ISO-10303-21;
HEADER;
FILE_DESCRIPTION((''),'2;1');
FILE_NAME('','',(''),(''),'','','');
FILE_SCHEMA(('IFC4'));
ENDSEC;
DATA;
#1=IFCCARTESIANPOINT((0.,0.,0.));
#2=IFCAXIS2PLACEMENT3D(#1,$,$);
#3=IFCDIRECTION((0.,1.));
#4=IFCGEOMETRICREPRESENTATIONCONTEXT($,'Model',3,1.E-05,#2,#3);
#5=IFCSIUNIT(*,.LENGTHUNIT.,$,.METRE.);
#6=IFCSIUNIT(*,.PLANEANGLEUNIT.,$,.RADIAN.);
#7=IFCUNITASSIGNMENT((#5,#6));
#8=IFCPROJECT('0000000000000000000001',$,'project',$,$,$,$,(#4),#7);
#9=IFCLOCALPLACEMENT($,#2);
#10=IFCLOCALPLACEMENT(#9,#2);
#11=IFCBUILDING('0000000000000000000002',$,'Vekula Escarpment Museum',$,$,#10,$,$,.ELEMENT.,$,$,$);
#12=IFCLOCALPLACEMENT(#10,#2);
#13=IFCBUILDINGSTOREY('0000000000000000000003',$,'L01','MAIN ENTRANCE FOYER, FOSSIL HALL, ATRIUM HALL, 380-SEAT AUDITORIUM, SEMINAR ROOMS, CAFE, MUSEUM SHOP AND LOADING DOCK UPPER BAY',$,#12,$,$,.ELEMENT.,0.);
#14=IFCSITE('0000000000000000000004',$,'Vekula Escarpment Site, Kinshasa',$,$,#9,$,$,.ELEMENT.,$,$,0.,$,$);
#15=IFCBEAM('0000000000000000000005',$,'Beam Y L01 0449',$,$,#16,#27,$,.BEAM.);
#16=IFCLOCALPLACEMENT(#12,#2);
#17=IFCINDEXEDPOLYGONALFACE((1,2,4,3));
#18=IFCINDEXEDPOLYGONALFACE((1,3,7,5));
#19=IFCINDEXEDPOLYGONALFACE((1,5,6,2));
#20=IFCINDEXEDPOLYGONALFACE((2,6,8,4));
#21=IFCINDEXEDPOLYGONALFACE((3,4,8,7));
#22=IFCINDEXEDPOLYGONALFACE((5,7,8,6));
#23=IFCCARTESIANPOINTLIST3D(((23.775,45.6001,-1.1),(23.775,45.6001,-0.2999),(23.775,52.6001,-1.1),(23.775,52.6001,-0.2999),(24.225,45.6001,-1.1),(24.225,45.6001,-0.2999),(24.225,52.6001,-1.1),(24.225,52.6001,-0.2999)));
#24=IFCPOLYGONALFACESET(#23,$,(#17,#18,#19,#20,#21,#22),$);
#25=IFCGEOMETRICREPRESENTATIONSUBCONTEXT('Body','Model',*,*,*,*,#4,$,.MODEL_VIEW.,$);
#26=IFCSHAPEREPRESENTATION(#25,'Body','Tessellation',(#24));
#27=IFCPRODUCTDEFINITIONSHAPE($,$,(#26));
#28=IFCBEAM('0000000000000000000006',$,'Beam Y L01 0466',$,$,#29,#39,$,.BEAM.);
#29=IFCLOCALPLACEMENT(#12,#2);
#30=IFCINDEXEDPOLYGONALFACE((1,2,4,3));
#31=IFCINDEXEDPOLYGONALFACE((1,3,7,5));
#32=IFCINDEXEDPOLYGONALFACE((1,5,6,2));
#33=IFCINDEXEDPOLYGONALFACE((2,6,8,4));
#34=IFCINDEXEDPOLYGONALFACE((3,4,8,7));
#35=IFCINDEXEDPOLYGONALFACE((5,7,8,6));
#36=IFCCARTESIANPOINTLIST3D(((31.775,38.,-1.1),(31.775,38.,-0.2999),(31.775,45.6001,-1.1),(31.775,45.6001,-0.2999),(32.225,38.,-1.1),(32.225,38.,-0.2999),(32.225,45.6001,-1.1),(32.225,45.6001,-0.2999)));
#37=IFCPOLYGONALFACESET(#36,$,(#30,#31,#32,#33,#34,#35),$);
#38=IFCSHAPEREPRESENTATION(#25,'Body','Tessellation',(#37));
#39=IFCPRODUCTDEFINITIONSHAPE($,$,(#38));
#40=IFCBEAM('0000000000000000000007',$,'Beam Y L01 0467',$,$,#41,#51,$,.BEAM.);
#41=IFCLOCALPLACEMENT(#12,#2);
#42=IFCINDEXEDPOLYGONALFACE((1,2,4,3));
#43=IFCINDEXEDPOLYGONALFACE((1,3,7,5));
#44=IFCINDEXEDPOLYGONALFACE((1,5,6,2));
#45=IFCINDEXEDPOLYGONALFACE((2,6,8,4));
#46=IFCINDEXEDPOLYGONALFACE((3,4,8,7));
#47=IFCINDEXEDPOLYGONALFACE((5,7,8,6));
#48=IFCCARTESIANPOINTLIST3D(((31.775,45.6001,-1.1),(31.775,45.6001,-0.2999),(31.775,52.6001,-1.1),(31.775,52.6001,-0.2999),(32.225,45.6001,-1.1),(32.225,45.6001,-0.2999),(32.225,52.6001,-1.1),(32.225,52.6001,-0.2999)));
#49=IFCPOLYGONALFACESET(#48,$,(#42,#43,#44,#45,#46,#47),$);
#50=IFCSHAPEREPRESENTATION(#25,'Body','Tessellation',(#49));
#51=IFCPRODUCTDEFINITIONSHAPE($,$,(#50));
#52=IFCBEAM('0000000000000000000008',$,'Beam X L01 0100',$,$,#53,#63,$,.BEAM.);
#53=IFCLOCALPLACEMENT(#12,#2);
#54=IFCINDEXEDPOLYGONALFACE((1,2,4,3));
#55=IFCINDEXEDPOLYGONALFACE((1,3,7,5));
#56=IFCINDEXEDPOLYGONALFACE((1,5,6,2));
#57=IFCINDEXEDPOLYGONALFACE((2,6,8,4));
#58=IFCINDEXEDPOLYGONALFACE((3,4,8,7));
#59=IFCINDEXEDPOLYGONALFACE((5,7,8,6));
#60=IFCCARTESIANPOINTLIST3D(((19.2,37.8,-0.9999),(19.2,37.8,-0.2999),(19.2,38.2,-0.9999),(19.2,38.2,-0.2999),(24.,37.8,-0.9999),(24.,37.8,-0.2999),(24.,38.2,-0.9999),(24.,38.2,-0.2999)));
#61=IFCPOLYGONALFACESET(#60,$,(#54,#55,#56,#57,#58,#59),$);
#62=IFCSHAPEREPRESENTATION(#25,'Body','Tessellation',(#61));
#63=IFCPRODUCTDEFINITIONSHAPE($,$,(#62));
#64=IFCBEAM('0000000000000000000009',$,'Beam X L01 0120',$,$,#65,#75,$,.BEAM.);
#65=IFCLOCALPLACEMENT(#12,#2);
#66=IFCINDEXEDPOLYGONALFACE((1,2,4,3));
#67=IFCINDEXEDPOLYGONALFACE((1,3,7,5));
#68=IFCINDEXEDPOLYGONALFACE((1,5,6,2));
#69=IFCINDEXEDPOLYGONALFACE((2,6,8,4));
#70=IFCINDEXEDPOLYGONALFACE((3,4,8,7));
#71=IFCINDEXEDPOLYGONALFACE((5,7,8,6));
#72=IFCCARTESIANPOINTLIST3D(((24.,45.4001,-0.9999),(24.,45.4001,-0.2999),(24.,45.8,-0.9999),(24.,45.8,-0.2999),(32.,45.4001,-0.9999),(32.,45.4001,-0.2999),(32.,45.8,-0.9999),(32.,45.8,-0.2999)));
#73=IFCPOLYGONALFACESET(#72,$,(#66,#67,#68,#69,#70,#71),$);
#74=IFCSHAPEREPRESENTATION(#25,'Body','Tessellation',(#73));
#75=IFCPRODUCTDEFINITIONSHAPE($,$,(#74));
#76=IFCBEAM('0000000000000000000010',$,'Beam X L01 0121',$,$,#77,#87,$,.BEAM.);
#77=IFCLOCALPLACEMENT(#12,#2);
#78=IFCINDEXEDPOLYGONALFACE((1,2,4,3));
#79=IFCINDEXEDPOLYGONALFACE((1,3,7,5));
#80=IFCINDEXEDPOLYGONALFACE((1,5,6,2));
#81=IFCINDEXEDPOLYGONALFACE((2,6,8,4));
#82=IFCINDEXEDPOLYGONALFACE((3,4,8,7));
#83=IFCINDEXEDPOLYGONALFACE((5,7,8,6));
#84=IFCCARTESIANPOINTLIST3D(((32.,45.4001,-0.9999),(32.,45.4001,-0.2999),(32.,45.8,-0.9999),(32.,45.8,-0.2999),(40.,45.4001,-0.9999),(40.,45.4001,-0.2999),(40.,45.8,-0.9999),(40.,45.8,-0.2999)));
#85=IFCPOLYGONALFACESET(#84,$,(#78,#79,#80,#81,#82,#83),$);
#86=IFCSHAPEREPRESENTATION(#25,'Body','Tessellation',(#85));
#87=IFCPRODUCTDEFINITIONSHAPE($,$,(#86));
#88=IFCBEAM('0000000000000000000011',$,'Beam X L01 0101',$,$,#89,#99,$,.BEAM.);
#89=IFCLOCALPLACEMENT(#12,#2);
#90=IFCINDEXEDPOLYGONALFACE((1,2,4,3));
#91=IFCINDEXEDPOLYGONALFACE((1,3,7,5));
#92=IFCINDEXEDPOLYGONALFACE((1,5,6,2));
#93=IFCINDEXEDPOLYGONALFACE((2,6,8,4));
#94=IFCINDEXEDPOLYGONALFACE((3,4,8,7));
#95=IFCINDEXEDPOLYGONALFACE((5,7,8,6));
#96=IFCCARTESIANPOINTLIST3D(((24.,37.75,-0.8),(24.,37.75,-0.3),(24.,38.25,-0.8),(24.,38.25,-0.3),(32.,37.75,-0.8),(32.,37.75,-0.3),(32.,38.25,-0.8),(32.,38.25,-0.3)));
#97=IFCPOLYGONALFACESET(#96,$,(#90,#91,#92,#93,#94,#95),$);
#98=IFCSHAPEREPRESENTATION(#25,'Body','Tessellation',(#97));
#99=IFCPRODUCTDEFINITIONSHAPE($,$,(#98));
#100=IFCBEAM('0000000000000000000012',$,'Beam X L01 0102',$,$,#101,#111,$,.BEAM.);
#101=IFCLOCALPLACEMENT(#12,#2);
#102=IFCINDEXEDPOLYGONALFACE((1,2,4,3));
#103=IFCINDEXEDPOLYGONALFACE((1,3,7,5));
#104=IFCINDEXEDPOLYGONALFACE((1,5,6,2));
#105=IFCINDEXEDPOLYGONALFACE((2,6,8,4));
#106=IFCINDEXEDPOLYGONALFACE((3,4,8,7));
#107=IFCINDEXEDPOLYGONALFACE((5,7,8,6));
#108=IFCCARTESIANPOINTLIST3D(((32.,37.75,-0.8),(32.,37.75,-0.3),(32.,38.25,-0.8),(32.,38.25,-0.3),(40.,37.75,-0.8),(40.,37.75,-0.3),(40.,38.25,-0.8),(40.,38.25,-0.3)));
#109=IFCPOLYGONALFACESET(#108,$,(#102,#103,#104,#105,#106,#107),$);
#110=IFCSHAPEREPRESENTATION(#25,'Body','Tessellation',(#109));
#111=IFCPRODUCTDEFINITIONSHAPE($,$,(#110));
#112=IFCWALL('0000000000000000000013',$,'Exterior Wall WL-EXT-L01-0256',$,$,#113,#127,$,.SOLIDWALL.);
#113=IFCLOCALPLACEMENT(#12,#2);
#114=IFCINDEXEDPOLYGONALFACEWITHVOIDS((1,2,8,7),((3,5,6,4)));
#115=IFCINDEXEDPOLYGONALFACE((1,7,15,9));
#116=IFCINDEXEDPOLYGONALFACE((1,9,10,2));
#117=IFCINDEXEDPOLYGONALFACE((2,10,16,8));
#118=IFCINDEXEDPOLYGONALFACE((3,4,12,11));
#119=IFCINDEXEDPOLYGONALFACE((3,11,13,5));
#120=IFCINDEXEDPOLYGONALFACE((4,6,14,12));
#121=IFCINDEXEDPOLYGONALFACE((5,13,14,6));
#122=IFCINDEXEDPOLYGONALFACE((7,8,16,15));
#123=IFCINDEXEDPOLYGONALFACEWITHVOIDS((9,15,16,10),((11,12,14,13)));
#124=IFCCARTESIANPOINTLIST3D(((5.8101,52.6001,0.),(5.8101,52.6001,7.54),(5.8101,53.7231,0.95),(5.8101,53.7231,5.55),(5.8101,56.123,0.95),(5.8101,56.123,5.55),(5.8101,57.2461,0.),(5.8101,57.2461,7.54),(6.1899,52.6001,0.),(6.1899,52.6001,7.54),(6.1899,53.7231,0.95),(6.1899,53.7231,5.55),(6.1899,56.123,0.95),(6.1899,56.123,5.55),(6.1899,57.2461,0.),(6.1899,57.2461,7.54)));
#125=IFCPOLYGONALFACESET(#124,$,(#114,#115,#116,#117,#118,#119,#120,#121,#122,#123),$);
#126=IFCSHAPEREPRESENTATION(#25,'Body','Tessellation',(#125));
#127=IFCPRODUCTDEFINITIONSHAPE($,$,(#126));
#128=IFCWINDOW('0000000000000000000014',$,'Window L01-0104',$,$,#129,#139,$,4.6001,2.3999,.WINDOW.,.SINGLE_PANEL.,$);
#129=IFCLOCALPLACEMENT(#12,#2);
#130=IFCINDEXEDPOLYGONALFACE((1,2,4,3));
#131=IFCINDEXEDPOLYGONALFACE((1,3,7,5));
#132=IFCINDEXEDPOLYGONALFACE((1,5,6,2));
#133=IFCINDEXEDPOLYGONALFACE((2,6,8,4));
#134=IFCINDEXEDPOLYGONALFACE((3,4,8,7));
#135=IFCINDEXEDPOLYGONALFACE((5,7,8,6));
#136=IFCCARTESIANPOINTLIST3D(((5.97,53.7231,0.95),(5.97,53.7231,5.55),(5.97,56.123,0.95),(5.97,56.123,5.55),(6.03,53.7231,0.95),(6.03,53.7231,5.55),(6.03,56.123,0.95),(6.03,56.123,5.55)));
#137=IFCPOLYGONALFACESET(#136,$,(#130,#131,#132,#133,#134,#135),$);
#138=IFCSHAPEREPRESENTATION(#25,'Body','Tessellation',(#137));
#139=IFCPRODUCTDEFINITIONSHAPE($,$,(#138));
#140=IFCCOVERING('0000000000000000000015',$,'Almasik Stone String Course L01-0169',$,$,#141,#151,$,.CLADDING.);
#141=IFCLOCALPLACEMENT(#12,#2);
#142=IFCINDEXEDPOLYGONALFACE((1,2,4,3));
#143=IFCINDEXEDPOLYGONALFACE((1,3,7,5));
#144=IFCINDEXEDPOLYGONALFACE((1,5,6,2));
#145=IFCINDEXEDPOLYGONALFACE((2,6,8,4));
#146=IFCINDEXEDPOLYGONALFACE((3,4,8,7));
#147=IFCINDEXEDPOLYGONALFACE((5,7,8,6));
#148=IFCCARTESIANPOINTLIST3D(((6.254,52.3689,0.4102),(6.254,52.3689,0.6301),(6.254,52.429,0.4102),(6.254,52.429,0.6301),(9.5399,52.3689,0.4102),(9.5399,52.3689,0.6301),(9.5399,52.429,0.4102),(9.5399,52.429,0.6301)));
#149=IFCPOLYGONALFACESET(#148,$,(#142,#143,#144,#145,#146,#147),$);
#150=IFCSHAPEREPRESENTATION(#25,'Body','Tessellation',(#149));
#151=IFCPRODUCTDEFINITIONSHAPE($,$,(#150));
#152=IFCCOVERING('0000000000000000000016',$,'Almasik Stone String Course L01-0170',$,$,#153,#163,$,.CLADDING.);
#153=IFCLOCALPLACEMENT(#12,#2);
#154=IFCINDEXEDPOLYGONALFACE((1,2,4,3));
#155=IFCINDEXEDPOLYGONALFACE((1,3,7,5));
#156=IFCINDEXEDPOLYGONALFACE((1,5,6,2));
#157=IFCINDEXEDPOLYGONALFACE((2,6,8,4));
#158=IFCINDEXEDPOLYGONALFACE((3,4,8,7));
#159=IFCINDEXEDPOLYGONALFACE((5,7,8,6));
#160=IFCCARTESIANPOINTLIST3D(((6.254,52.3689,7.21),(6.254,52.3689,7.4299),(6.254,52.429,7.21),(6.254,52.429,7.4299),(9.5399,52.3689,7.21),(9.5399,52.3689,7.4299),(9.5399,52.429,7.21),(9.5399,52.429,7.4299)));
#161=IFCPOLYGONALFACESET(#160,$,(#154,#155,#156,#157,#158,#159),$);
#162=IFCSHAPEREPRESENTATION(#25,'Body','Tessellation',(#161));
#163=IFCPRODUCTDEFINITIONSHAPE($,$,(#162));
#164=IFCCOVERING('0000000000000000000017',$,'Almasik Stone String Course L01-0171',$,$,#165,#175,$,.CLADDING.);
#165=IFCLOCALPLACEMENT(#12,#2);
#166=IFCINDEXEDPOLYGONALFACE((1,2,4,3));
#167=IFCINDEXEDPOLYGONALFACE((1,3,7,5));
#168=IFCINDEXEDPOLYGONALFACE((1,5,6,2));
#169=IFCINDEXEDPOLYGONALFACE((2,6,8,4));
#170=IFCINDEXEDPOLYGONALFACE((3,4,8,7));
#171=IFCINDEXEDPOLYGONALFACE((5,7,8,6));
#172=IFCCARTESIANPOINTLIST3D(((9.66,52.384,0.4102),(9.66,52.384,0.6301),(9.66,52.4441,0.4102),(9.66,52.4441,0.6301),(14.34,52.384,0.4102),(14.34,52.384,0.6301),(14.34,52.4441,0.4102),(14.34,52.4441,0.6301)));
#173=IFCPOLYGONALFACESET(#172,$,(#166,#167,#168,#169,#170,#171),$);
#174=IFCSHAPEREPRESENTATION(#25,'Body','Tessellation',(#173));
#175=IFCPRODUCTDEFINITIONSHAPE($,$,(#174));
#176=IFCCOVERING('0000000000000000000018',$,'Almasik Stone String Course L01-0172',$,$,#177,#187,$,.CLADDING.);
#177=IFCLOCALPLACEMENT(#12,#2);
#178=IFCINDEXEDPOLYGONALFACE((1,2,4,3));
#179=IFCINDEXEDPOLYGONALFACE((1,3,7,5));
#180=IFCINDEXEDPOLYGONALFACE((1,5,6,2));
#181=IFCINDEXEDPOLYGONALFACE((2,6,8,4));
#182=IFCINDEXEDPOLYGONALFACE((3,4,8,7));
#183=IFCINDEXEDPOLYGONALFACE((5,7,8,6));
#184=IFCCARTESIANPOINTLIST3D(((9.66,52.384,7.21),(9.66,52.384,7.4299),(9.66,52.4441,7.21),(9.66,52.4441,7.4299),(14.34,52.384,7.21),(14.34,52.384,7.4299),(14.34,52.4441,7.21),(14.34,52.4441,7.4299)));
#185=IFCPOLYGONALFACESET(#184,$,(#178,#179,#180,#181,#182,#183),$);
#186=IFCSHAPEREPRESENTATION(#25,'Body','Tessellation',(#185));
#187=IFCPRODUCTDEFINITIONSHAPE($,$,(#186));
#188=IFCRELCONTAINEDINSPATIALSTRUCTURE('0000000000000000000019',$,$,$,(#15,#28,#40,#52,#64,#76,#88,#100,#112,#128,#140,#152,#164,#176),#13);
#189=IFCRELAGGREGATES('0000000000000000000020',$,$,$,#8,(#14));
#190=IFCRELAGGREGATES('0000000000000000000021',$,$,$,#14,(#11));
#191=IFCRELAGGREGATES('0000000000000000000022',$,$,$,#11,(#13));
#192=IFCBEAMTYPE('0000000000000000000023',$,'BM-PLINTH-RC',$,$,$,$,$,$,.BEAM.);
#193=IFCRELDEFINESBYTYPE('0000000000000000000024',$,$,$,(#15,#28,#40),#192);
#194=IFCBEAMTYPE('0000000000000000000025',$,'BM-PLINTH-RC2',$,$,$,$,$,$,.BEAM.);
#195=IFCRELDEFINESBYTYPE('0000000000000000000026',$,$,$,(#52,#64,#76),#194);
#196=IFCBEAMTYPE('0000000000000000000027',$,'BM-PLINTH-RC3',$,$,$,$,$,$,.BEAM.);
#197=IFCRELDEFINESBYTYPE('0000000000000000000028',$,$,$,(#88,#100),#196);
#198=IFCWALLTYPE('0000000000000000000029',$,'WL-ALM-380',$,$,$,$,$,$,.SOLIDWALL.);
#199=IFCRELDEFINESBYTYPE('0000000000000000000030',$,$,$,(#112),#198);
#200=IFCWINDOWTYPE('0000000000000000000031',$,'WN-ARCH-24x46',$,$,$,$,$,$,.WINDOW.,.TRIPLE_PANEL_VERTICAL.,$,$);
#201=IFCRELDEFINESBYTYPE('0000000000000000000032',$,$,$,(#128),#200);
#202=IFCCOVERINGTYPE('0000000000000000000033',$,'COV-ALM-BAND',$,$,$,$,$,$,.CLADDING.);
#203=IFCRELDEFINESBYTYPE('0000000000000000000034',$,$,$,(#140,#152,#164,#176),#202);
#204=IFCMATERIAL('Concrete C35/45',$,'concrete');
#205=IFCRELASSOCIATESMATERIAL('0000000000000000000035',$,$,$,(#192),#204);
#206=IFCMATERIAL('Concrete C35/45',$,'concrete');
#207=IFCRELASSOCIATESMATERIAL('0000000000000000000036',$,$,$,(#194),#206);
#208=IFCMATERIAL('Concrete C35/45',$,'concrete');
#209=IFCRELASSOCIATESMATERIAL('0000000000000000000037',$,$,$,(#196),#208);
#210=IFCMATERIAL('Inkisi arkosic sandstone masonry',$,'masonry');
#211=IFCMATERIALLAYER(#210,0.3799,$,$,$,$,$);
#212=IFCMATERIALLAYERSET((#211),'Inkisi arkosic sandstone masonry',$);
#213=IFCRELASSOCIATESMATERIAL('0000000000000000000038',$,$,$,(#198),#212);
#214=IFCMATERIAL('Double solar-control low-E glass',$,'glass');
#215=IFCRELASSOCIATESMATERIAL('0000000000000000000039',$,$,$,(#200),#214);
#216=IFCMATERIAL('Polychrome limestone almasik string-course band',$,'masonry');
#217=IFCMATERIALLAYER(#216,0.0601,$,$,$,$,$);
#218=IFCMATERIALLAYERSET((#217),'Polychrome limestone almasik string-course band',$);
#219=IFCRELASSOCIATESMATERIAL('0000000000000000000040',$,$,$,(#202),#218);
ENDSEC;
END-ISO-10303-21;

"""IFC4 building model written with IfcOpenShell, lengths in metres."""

from ifc_helpers import new_model, si_unit, direction, frame, frame_2d, origin, origin_2d, place, context, subcontext, project, spatial, rectangle, extrude, material, layer, layer_set, material_profile, profile_set, type_object, element, fill, save


model = new_model("IFC4")

# Units and contexts
model_context = context("Model", 3, precision=1e-05, world=origin(), true_north=direction((0.0, 1.0)))
body_context = subcontext(model_context, "Body", "Model", "MODEL_VIEW")
ifc_project = project(units=[si_unit("LENGTHUNIT", "METRE"), si_unit("PLANEANGLEUNIT", "RADIAN")], contexts=[model_context])

# Site, building, storey
site_placement = place(None, origin())
site = spatial("IfcSite", under=ifc_project, at=site_placement, Name="Vekula Escarpment Site, Kinshasa", CompositionType="ELEMENT", RefElevation=0.0)
building_placement = place(site_placement, origin())
building = spatial("IfcBuilding", under=site, at=building_placement, Name="Vekula Escarpment Museum", CompositionType="ELEMENT")
storey_placement = place(building_placement, origin())
storey = spatial("IfcBuildingStorey", under=building, at=storey_placement, Name="L01", Description="MAIN ENTRANCE FOYER, FOSSIL HALL, ATRIUM HALL, 380-SEAT AUDITORIUM, SEMINAR ROOMS, CAFE, MUSEUM SHOP AND LOADING DOCK UPPER BAY", CompositionType="ELEMENT", Elevation=0.0)

# Beams
ifc_material_1 = material(Name="Concrete C35/45", Category="concrete")
ifc_material_profile_1 = material_profile(ifc_material_1, rectangle(XDim=0.45, YDim=0.8, at=origin_2d()), Name="RC 450x800")
ifc_profile_set_1 = profile_set([ifc_material_profile_1], Name="Concrete C35/45")
beam_type_1 = type_object("IfcBeamType", Name="BM-PLINTH-RC", PredefinedType="BEAM", material=ifc_profile_set_1)
beam_1_placement = place(storey_placement, frame((24.0, 45.6001, -0.7), z_axis=(0.0, 1.0, 0.0), x_axis=(-1.0, 0.0, 0.0)))
element("IfcBeam", 1, at=beam_1_placement, inside=storey, type_object=beam_type_1, Name="Beam Y L01 0449", PredefinedType="BEAM", context=body_context, shape_type="SweptSolid", body=[
    extrude(rectangle(XDim=0.45, YDim=0.8, at=origin_2d()), origin(), (0.0, 0.0, 1.0), 7.0),
])
beam_2_placement = place(storey_placement, frame((32.0, 38.0, -0.7), z_axis=(0.0, 1.0, 0.0), x_axis=(-1.0, 0.0, 0.0)))
element("IfcBeam", 2, at=beam_2_placement, inside=storey, type_object=beam_type_1, Name="Beam Y L01 0466", PredefinedType="BEAM", context=body_context, shape_type="SweptSolid", body=[
    extrude(rectangle(XDim=0.45, YDim=0.8, at=origin_2d()), origin(), (0.0, 0.0, 1.0), 7.6001),
])
beam_3_placement = place(storey_placement, frame((32.0, 45.6001, -0.7), z_axis=(0.0, 1.0, 0.0), x_axis=(-1.0, 0.0, 0.0)))
element("IfcBeam", 3, at=beam_3_placement, inside=storey, type_object=beam_type_1, Name="Beam Y L01 0467", PredefinedType="BEAM", context=body_context, shape_type="SweptSolid", body=[
    extrude(rectangle(XDim=0.45, YDim=0.8, at=origin_2d()), origin(), (0.0, 0.0, 1.0), 7.0),
])
ifc_material_2 = material(Name="Concrete C35/45", Category="concrete")
ifc_material_profile_2 = material_profile(ifc_material_2, rectangle(XDim=0.3999, YDim=0.7, at=origin_2d()), Name="RC 400x700")
ifc_profile_set_2 = profile_set([ifc_material_profile_2], Name="Concrete C35/45")
beam_type_2 = type_object("IfcBeamType", Name="BM-PLINTH-RC2", PredefinedType="BEAM", material=ifc_profile_set_2)
beam_4_placement = place(storey_placement, frame((19.2, 38.0, -0.6499), z_axis=(1.0, 0.0, 0.0), x_axis=(0.0, 1.0, 0.0)))
element("IfcBeam", 4, at=beam_4_placement, inside=storey, type_object=beam_type_2, Name="Beam X L01 0100", PredefinedType="BEAM", context=body_context, shape_type="SweptSolid", body=[
    extrude(rectangle(XDim=0.3999, YDim=0.7, at=origin_2d()), origin(), (0.0, 0.0, 1.0), 4.8),
])
for number, where, z_axis, x_axis, name in (
    (5, (24.0, 45.6001, -0.6499), (1.0, 0.0, 0.0), (0.0, 1.0, 0.0), "Beam X L01 0120"),
    (6, (32.0, 45.6001, -0.6499), (1.0, 0.0, 0.0), (0.0, 1.0, 0.0), "Beam X L01 0121"),
):
    element("IfcBeam", number, at=place(storey_placement, frame(where, z_axis=z_axis, x_axis=x_axis)), inside=storey, type_object=beam_type_2, Name=name, PredefinedType="BEAM", context=body_context, shape_type="SweptSolid", body=[
        extrude(rectangle(XDim=0.3999, YDim=0.7, at=origin_2d()), origin(), (0.0, 0.0, 1.0), 8.0),
    ])
ifc_material_3 = material(Name="Concrete C35/45", Category="concrete")
ifc_material_profile_3 = material_profile(ifc_material_3, rectangle(XDim=0.5, YDim=0.5, at=origin_2d()), Name="RC 500x500")
ifc_profile_set_3 = profile_set([ifc_material_profile_3], Name="Concrete C35/45")
beam_type_3 = type_object("IfcBeamType", Name="BM-PLINTH-RC3", PredefinedType="BEAM", material=ifc_profile_set_3)
for number, where, z_axis, x_axis, name in (
    (7, (24.0, 38.0, -0.55), (1.0, 0.0, 0.0), (0.0, 1.0, 0.0), "Beam X L01 0101"),
    (8, (32.0, 38.0, -0.55), (1.0, 0.0, 0.0), (0.0, 1.0, 0.0), "Beam X L01 0102"),
):
    element("IfcBeam", number, at=place(storey_placement, frame(where, z_axis=z_axis, x_axis=x_axis)), inside=storey, type_object=beam_type_3, Name=name, PredefinedType="BEAM", context=body_context, shape_type="SweptSolid", body=[
        extrude(rectangle(XDim=0.5, YDim=0.5, at=origin_2d()), origin(), (0.0, 0.0, 1.0), 8.0),
    ])

# Wall, opening, window
ifc_material_4 = material(Name="Inkisi arkosic sandstone masonry", Category="masonry")
ifc_layer_1 = layer(ifc_material_4, 0.3799)
ifc_layer_set_1 = layer_set([ifc_layer_1], Name="Inkisi arkosic sandstone masonry")
wall_type = type_object("IfcWallType", Name="WL-ALM-380", PredefinedType="SOLIDWALL", material=ifc_layer_set_1)
wall_placement = place(storey_placement, frame((6.0, 52.6001, 0.0), z_axis=(0.0, 0.0, 1.0), x_axis=(0.0, 1.0, 0.0)))
wall = element("IfcWall", 9, at=wall_placement, inside=storey, type_object=wall_type, Name="Exterior Wall WL-EXT-L01-0256", PredefinedType="SOLIDWALL", context=body_context, shape_type="SweptSolid", body=[
    extrude(rectangle(XDim=4.646, YDim=0.3799, at=frame_2d((2.323, 0.0))), origin(), (0.0, 0.0, 1.0), 7.54),
])
opening_placement = place(wall_placement, frame((1.123, 0.0, 0.95)))
opening = element("IfcOpeningElement", 10, at=opening_placement, cuts=wall, PredefinedType="OPENING", context=body_context, shape_type="SweptSolid", body=[
    extrude(rectangle(XDim=2.3999, YDim=4.6001, at=frame_2d((1.2, 2.3))), frame((0.0, 0.2, 0.0), z_axis=(0.0, -1.0, 0.0), x_axis=(1.0, 0.0, 0.0)), (0.0, 0.0, 1.0), 0.3999),
])
ifc_material_5 = material(Name="Double solar-control low-E glass", Category="glass")
window_type = type_object("IfcWindowType", Name="WN-ARCH-24x46", PartitioningType="TRIPLE_PANEL_VERTICAL", PredefinedType="WINDOW", material=ifc_material_5)
window_placement = place(opening_placement, origin())
window = element("IfcWindow", 11, at=window_placement, inside=storey, type_object=window_type, Name="Window L01-0104", OverallHeight=4.6001, OverallWidth=2.3999, PartitioningType="SINGLE_PANEL", PredefinedType="WINDOW", context=body_context, shape_type="SweptSolid", body=[
    extrude(rectangle(XDim=2.3999, YDim=4.6001, at=frame_2d((1.2, 2.3))), frame((0.0, 0.03, 0.0), z_axis=(0.0, -1.0, 0.0), x_axis=(1.0, 0.0, 0.0)), (0.0, 0.0, 1.0), 0.0601),
])
fill(opening, window)

# Coverings
ifc_material_6 = material(Name="Polychrome limestone almasik string-course band", Category="masonry")
ifc_layer_2 = layer(ifc_material_6, 0.0601)
ifc_layer_set_2 = layer_set([ifc_layer_2], Name="Polychrome limestone almasik string-course band")
covering_type = type_object("IfcCoveringType", Name="COV-ALM-BAND", PredefinedType="CLADDING", material=ifc_layer_set_2)
for number, where, z_axis, x_axis, name in (
    (12, (7.897, 52.3989, 0.4102), (0.0, 0.0, 1.0), (1.0, 0.0, 0.0), "Almasik Stone String Course L01-0169"),
    (13, (7.897, 52.3989, 7.21), (0.0, 0.0, 1.0), (1.0, 0.0, 0.0), "Almasik Stone String Course L01-0170"),
):
    element("IfcCovering", number, at=place(storey_placement, frame(where, z_axis=z_axis, x_axis=x_axis)), inside=storey, type_object=covering_type, Name=name, PredefinedType="CLADDING", context=body_context, shape_type="SweptSolid", body=[
        extrude(rectangle(XDim=3.2859, YDim=0.0601, at=origin_2d()), origin(), (0.0, 0.0, 1.0), 0.22),
    ])
for number, where, z_axis, x_axis, name in (
    (14, (12.0, 52.4141, 0.4102), (0.0, 0.0, 1.0), (1.0, 0.0, 0.0), "Almasik Stone String Course L01-0171"),
    (15, (12.0, 52.4141, 7.21), (0.0, 0.0, 1.0), (1.0, 0.0, 0.0), "Almasik Stone String Course L01-0172"),
):
    element("IfcCovering", number, at=place(storey_placement, frame(where, z_axis=z_axis, x_axis=x_axis)), inside=storey, type_object=covering_type, Name=name, PredefinedType="CLADDING", context=body_context, shape_type="SweptSolid", body=[
        extrude(rectangle(XDim=4.6799, YDim=0.0601, at=origin_2d()), origin(), (0.0, 0.0, 1.0), 0.22),
    ])

save(model, "model.ifc")
